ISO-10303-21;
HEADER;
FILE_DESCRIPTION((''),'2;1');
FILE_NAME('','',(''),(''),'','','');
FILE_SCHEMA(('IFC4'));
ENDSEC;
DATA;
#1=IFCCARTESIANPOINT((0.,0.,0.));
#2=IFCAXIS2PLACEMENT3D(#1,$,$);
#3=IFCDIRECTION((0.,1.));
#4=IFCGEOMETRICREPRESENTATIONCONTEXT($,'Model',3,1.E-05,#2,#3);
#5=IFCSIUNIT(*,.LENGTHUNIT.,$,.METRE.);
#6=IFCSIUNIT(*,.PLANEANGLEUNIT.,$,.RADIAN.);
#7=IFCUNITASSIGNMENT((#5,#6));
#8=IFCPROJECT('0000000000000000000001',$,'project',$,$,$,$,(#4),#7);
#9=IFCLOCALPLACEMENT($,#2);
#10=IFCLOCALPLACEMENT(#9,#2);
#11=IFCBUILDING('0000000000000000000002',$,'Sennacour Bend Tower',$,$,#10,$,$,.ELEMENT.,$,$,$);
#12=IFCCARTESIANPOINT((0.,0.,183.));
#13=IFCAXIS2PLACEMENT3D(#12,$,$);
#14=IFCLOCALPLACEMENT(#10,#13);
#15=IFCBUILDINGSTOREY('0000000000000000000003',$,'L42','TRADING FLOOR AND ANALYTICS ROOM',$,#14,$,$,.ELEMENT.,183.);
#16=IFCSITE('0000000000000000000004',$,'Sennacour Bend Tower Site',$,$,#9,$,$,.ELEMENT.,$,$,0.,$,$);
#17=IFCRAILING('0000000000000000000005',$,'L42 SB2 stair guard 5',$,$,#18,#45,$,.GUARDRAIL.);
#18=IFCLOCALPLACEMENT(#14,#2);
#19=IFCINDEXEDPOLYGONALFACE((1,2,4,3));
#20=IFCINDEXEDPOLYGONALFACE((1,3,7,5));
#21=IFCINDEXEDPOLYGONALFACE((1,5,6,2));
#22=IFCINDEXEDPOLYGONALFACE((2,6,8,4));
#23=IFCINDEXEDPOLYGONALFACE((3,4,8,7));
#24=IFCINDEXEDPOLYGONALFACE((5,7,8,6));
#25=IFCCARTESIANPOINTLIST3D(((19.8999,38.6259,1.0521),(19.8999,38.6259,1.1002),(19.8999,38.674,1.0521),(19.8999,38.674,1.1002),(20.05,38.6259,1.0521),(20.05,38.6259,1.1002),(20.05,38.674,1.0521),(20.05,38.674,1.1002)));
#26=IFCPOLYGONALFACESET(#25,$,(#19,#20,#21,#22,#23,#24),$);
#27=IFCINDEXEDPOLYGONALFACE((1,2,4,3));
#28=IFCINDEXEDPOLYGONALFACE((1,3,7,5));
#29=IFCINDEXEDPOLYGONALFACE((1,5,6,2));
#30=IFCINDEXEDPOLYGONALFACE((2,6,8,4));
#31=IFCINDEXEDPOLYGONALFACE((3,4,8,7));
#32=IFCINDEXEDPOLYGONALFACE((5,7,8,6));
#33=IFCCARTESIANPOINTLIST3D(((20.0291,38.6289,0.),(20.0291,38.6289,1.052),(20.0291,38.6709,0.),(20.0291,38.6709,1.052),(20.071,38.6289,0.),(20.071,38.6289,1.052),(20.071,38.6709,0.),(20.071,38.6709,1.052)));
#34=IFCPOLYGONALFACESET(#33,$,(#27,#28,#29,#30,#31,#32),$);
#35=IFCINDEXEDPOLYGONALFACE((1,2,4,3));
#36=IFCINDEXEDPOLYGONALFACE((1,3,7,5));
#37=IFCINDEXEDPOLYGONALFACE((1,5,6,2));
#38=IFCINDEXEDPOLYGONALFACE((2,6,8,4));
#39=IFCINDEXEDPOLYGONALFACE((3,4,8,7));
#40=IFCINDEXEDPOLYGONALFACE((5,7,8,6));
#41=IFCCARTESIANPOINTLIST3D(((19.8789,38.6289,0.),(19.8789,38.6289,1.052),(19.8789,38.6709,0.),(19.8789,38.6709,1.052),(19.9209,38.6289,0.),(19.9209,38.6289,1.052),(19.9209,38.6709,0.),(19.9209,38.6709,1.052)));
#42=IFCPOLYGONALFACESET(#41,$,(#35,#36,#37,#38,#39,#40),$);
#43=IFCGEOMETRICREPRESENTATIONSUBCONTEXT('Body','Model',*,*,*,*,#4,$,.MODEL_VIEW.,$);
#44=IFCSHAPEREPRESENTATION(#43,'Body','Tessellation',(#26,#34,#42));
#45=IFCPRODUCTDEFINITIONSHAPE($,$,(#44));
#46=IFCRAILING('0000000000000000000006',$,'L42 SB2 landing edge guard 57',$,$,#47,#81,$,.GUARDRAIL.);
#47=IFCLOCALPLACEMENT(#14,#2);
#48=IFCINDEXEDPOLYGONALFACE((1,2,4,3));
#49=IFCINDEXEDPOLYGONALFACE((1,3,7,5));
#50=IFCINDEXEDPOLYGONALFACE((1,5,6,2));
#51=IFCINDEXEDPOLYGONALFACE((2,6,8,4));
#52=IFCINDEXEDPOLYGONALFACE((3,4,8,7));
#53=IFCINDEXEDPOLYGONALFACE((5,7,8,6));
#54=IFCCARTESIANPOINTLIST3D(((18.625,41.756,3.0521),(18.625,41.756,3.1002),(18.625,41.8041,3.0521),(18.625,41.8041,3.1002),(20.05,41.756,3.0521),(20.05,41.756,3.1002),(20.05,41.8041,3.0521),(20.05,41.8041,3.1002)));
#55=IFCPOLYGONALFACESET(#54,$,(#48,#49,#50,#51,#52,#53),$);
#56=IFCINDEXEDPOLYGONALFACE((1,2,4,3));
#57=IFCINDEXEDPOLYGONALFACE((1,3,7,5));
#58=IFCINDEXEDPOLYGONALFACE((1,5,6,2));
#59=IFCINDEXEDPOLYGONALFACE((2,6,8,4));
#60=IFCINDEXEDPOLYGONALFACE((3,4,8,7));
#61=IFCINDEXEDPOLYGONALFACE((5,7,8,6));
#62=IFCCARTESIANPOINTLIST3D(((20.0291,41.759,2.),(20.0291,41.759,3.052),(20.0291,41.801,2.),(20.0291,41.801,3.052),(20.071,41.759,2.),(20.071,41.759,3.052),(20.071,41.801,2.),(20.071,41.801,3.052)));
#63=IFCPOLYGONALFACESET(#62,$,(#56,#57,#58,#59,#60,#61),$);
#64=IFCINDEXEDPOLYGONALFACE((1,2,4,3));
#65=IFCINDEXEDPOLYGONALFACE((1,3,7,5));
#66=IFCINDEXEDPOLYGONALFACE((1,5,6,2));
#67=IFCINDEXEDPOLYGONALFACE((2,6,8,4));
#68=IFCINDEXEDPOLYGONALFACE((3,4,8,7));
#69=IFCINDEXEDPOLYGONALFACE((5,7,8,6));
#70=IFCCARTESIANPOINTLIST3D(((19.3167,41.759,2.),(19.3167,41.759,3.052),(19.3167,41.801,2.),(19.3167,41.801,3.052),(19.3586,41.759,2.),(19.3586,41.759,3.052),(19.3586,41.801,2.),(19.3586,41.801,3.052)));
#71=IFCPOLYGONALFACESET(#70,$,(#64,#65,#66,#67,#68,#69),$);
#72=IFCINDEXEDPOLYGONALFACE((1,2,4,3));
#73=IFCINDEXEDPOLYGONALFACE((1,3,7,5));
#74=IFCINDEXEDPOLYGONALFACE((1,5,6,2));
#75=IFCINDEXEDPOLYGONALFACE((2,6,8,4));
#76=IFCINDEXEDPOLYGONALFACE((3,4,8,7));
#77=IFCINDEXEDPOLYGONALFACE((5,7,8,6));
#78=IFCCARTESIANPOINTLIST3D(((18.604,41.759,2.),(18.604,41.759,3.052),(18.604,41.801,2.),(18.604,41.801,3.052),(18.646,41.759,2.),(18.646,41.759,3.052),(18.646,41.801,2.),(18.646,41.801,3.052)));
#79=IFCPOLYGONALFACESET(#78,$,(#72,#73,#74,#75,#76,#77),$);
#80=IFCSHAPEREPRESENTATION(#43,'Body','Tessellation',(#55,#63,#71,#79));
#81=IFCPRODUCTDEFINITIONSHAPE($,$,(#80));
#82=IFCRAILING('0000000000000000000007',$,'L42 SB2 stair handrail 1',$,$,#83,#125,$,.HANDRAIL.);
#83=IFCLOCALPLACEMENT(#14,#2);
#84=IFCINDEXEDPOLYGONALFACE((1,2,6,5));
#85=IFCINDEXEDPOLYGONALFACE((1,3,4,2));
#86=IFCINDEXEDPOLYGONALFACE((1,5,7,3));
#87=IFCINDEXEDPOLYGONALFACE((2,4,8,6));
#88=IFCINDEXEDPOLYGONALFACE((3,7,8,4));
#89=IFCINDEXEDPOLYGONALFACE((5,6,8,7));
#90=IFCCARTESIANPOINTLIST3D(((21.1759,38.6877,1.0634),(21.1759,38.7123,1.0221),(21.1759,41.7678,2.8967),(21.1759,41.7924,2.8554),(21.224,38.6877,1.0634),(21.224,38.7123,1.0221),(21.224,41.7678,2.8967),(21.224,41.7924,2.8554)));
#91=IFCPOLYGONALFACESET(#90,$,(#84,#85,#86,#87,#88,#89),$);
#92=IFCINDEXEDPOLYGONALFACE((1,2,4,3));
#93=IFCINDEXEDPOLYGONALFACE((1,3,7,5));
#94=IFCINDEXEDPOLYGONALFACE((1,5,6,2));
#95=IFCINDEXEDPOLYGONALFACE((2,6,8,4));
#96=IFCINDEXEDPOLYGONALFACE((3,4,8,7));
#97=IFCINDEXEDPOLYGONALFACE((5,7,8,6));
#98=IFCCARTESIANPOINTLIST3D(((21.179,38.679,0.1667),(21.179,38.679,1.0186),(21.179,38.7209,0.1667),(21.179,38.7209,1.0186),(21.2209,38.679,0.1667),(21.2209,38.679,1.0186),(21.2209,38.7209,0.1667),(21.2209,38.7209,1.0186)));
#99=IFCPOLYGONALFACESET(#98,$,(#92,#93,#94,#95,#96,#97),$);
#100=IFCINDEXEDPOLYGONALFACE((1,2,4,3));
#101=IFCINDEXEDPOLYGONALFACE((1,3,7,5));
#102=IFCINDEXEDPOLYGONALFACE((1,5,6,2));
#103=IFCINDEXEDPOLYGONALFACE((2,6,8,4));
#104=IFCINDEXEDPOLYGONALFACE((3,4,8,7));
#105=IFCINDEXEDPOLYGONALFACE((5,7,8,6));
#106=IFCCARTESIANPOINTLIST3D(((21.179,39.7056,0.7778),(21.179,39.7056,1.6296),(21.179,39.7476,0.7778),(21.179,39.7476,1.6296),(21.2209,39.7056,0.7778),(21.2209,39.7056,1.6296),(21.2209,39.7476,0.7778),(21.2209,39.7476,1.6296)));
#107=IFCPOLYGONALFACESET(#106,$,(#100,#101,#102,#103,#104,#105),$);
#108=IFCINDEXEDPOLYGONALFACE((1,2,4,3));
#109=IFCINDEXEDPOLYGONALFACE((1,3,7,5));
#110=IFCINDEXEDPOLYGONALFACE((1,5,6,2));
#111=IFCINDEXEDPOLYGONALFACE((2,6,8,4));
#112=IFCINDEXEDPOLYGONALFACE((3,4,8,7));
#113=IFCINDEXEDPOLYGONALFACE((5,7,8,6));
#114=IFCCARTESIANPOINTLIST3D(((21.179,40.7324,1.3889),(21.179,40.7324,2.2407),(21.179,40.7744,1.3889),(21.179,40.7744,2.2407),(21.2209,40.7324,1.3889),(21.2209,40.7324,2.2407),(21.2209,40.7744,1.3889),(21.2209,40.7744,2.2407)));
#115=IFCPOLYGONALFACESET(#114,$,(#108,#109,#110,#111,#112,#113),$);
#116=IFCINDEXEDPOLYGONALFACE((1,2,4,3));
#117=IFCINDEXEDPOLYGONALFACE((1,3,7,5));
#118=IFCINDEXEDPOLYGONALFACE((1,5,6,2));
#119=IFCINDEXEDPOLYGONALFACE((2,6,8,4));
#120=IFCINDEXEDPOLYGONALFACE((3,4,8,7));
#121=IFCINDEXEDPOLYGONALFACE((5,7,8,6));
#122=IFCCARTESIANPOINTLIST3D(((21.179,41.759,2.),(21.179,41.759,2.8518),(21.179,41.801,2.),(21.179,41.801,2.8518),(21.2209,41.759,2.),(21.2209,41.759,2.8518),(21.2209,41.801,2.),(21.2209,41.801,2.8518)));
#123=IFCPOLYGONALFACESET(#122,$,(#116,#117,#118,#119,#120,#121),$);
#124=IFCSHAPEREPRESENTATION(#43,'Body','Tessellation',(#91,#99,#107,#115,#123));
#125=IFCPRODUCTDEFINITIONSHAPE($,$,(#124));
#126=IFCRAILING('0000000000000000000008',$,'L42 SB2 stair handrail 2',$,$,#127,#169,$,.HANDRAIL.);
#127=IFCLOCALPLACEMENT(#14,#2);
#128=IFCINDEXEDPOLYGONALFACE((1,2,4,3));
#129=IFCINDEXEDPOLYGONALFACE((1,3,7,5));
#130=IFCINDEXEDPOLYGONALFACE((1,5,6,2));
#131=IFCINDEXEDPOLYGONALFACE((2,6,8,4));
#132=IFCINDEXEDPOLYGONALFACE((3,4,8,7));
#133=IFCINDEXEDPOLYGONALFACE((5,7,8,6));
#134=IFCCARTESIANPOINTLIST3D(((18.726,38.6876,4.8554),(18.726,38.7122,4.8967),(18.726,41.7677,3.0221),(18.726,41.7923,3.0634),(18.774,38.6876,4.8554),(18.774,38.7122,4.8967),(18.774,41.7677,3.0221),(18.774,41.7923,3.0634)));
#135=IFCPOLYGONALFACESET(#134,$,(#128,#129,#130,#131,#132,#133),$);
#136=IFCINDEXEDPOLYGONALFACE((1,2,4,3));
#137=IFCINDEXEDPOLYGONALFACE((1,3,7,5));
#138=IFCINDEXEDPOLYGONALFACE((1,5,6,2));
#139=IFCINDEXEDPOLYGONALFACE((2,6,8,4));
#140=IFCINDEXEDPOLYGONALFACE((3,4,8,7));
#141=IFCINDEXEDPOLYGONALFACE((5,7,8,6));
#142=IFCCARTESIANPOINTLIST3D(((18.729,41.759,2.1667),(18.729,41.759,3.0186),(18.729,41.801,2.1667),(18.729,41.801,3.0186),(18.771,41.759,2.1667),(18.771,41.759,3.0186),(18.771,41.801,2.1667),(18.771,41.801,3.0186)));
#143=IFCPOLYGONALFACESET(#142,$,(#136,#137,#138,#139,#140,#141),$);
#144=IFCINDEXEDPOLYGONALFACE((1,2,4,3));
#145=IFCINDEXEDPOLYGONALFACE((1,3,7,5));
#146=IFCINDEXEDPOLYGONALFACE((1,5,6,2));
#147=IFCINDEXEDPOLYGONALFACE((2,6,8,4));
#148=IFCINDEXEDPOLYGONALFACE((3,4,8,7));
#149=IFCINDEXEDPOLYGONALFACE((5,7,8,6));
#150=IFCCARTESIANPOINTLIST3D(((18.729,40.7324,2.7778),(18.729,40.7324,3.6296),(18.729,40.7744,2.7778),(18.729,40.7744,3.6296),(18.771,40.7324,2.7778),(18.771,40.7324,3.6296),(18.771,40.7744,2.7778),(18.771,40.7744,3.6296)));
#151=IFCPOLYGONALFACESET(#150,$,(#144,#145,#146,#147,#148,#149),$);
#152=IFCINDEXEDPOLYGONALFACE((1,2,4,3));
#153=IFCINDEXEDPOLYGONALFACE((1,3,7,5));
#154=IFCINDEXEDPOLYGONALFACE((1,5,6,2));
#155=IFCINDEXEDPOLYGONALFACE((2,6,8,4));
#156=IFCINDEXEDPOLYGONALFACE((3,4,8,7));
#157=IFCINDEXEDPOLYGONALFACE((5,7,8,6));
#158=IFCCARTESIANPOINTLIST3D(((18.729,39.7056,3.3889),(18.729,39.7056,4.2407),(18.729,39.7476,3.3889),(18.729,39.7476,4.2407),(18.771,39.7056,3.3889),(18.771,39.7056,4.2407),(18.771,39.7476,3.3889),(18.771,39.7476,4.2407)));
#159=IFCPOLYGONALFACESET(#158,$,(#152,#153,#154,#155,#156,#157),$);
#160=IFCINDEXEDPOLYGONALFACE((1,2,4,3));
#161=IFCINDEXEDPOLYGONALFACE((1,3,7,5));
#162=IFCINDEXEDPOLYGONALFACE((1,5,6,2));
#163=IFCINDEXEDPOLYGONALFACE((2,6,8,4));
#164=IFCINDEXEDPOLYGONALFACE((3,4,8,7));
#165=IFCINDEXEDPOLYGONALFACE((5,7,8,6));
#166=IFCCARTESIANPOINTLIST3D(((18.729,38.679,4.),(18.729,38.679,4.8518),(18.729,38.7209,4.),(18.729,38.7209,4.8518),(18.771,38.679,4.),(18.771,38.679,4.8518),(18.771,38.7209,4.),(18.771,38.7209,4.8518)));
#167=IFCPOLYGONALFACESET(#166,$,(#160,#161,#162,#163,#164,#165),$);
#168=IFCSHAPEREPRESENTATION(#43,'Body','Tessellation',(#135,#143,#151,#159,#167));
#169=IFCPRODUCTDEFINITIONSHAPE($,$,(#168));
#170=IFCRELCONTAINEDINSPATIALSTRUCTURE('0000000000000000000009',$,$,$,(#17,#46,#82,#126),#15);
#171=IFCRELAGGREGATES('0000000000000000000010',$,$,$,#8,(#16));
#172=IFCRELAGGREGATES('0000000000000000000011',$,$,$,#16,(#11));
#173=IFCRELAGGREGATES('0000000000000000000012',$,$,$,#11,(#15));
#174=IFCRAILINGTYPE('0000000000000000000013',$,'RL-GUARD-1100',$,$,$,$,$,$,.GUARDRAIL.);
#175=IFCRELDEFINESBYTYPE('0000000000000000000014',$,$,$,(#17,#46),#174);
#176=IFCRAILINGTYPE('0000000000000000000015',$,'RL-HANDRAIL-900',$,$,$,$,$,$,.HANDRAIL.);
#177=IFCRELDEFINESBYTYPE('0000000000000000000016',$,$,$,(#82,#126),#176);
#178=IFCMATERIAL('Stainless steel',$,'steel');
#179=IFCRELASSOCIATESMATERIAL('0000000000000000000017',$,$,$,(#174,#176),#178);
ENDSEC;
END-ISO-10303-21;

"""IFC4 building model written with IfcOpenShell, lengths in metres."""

from ifc_helpers import new_model, si_unit, direction, frame, origin, origin_2d, place, context, subcontext, project, spatial, rectangle, extrude, material, type_object, element, save


model = new_model("IFC4")

# Units and contexts
model_context = context("Model", 3, precision=1e-05, world=origin(), true_north=direction((0.0, 1.0)))
body_context = subcontext(model_context, "Body", "Model", "MODEL_VIEW")
ifc_project = project(units=[si_unit("LENGTHUNIT", "METRE"), si_unit("PLANEANGLEUNIT", "RADIAN")], contexts=[model_context])

# Site, building, storey
site_placement = place(None, origin())
site = spatial("IfcSite", under=ifc_project, at=site_placement, Name="Sennacour Bend Tower Site", CompositionType="ELEMENT", RefElevation=0.0)
building_placement = place(site_placement, origin())
building = spatial("IfcBuilding", under=site, at=building_placement, Name="Sennacour Bend Tower", CompositionType="ELEMENT")
storey_placement = place(building_placement, frame((0.0, 0.0, 183.0)))
storey = spatial("IfcBuildingStorey", under=building, at=storey_placement, Name="L42", Description="TRADING FLOOR AND ANALYTICS ROOM", CompositionType="ELEMENT", Elevation=183.0)

# Shared definitions
ifc_material_1 = material(Name="Stainless steel", Category="steel")

# Railings
railing_type_1 = type_object("IfcRailingType", Name="RL-GUARD-1100", PredefinedType="GUARDRAIL", material=ifc_material_1)
railing_1_placement = place(storey_placement, frame((20.05, 38.6499, 0.0)))
element("IfcRailing", 1, at=railing_1_placement, inside=storey, type_object=railing_type_1, Name="L42 SB2 stair guard 5", PredefinedType="GUARDRAIL", context=body_context, shape_type="SweptSolid", body=[
    extrude(rectangle(XDim=0.0481, YDim=0.0481, at=origin_2d()), frame((0.0, 0.0, 1.0762), z_axis=(-1.0, 0.0, 0.0), x_axis=(0.0, -1.0, 0.0)), (0.0, 0.0, 1.0), 0.1501),
    extrude(rectangle(XDim=0.042, YDim=0.042, at=origin_2d()), origin(), (0.0, 0.0, 1.0), 1.052),
    extrude(rectangle(XDim=0.042, YDim=0.042, at=origin_2d()), frame((-0.1501, 0.0, 0.0)), (0.0, 0.0, 1.0), 1.052),
])
railing_2_placement = place(storey_placement, frame((20.05, 41.78, 2.0)))
element("IfcRailing", 2, at=railing_2_placement, inside=storey, type_object=railing_type_1, Name="L42 SB2 landing edge guard 57", PredefinedType="GUARDRAIL", context=body_context, shape_type="SweptSolid", body=[
    extrude(rectangle(XDim=0.0481, YDim=0.0481, at=origin_2d()), frame((0.0, 0.0, 1.0762), z_axis=(-1.0, 0.0, 0.0), x_axis=(0.0, -1.0, 0.0)), (0.0, 0.0, 1.0), 1.425),
    extrude(rectangle(XDim=0.042, YDim=0.042, at=origin_2d()), origin(), (0.0, 0.0, 1.0), 1.052),
    extrude(rectangle(XDim=0.042, YDim=0.042, at=origin_2d()), frame((-0.7124, 0.0, 0.0)), (0.0, 0.0, 1.0), 1.052),
    extrude(rectangle(XDim=0.042, YDim=0.042, at=origin_2d()), frame((-1.425, 0.0, 0.0)), (0.0, 0.0, 1.0), 1.052),
])
railing_type_2 = type_object("IfcRailingType", Name="RL-HANDRAIL-900", PredefinedType="HANDRAIL", material=ifc_material_1)
railing_3_placement = place(storey_placement, frame((21.2, 38.7, 0.1667)))
element("IfcRailing", 3, at=railing_3_placement, inside=storey, type_object=railing_type_2, Name="L42 SB2 stair handrail 1", PredefinedType="HANDRAIL", context=body_context, shape_type="SweptSolid", body=[
    extrude(rectangle(XDim=0.0481, YDim=0.0481, at=origin_2d()), frame((0.0, 0.0, 0.876), z_axis=(0.0, 0.859309, 0.511458), x_axis=(-1.0, 0.0, 0.0)), (0.0, 0.0, 1.0), 3.5845),
    extrude(rectangle(XDim=0.042, YDim=0.042, at=origin_2d()), origin(), (0.0, 0.0, 1.0), 0.8518),
    extrude(rectangle(XDim=0.042, YDim=0.042, at=origin_2d()), frame((0.0, 1.0266, 0.6111)), (0.0, 0.0, 1.0), 0.8518),
    extrude(rectangle(XDim=0.042, YDim=0.042, at=origin_2d()), frame((0.0, 2.0535, 1.2222)), (0.0, 0.0, 1.0), 0.8518),
    extrude(rectangle(XDim=0.042, YDim=0.042, at=origin_2d()), frame((0.0, 3.0801, 1.8333)), (0.0, 0.0, 1.0), 0.8518),
])
railing_4_placement = place(storey_placement, frame((18.75, 41.78, 2.1667)))
element("IfcRailing", 4, at=railing_4_placement, inside=storey, type_object=railing_type_2, Name="L42 SB2 stair handrail 2", PredefinedType="HANDRAIL", context=body_context, shape_type="SweptSolid", body=[
    extrude(rectangle(XDim=0.0481, YDim=0.0481, at=origin_2d()), frame((0.0, 0.0, 0.876), z_axis=(0.0, -0.859309, 0.511458), x_axis=(1.0, 0.0, 0.0)), (0.0, 0.0, 1.0), 3.5845),
    extrude(rectangle(XDim=0.042, YDim=0.042, at=origin_2d()), origin(), (0.0, 0.0, 1.0), 0.8518),
    extrude(rectangle(XDim=0.042, YDim=0.042, at=origin_2d()), frame((0.0, -1.0266, 0.6111)), (0.0, 0.0, 1.0), 0.8518),
    extrude(rectangle(XDim=0.042, YDim=0.042, at=origin_2d()), frame((0.0, -2.0535, 1.2222)), (0.0, 0.0, 1.0), 0.8518),
    extrude(rectangle(XDim=0.042, YDim=0.042, at=origin_2d()), frame((0.0, -3.0801, 1.8333)), (0.0, 0.0, 1.0), 0.8518),
])

save(model, "model.ifc")
